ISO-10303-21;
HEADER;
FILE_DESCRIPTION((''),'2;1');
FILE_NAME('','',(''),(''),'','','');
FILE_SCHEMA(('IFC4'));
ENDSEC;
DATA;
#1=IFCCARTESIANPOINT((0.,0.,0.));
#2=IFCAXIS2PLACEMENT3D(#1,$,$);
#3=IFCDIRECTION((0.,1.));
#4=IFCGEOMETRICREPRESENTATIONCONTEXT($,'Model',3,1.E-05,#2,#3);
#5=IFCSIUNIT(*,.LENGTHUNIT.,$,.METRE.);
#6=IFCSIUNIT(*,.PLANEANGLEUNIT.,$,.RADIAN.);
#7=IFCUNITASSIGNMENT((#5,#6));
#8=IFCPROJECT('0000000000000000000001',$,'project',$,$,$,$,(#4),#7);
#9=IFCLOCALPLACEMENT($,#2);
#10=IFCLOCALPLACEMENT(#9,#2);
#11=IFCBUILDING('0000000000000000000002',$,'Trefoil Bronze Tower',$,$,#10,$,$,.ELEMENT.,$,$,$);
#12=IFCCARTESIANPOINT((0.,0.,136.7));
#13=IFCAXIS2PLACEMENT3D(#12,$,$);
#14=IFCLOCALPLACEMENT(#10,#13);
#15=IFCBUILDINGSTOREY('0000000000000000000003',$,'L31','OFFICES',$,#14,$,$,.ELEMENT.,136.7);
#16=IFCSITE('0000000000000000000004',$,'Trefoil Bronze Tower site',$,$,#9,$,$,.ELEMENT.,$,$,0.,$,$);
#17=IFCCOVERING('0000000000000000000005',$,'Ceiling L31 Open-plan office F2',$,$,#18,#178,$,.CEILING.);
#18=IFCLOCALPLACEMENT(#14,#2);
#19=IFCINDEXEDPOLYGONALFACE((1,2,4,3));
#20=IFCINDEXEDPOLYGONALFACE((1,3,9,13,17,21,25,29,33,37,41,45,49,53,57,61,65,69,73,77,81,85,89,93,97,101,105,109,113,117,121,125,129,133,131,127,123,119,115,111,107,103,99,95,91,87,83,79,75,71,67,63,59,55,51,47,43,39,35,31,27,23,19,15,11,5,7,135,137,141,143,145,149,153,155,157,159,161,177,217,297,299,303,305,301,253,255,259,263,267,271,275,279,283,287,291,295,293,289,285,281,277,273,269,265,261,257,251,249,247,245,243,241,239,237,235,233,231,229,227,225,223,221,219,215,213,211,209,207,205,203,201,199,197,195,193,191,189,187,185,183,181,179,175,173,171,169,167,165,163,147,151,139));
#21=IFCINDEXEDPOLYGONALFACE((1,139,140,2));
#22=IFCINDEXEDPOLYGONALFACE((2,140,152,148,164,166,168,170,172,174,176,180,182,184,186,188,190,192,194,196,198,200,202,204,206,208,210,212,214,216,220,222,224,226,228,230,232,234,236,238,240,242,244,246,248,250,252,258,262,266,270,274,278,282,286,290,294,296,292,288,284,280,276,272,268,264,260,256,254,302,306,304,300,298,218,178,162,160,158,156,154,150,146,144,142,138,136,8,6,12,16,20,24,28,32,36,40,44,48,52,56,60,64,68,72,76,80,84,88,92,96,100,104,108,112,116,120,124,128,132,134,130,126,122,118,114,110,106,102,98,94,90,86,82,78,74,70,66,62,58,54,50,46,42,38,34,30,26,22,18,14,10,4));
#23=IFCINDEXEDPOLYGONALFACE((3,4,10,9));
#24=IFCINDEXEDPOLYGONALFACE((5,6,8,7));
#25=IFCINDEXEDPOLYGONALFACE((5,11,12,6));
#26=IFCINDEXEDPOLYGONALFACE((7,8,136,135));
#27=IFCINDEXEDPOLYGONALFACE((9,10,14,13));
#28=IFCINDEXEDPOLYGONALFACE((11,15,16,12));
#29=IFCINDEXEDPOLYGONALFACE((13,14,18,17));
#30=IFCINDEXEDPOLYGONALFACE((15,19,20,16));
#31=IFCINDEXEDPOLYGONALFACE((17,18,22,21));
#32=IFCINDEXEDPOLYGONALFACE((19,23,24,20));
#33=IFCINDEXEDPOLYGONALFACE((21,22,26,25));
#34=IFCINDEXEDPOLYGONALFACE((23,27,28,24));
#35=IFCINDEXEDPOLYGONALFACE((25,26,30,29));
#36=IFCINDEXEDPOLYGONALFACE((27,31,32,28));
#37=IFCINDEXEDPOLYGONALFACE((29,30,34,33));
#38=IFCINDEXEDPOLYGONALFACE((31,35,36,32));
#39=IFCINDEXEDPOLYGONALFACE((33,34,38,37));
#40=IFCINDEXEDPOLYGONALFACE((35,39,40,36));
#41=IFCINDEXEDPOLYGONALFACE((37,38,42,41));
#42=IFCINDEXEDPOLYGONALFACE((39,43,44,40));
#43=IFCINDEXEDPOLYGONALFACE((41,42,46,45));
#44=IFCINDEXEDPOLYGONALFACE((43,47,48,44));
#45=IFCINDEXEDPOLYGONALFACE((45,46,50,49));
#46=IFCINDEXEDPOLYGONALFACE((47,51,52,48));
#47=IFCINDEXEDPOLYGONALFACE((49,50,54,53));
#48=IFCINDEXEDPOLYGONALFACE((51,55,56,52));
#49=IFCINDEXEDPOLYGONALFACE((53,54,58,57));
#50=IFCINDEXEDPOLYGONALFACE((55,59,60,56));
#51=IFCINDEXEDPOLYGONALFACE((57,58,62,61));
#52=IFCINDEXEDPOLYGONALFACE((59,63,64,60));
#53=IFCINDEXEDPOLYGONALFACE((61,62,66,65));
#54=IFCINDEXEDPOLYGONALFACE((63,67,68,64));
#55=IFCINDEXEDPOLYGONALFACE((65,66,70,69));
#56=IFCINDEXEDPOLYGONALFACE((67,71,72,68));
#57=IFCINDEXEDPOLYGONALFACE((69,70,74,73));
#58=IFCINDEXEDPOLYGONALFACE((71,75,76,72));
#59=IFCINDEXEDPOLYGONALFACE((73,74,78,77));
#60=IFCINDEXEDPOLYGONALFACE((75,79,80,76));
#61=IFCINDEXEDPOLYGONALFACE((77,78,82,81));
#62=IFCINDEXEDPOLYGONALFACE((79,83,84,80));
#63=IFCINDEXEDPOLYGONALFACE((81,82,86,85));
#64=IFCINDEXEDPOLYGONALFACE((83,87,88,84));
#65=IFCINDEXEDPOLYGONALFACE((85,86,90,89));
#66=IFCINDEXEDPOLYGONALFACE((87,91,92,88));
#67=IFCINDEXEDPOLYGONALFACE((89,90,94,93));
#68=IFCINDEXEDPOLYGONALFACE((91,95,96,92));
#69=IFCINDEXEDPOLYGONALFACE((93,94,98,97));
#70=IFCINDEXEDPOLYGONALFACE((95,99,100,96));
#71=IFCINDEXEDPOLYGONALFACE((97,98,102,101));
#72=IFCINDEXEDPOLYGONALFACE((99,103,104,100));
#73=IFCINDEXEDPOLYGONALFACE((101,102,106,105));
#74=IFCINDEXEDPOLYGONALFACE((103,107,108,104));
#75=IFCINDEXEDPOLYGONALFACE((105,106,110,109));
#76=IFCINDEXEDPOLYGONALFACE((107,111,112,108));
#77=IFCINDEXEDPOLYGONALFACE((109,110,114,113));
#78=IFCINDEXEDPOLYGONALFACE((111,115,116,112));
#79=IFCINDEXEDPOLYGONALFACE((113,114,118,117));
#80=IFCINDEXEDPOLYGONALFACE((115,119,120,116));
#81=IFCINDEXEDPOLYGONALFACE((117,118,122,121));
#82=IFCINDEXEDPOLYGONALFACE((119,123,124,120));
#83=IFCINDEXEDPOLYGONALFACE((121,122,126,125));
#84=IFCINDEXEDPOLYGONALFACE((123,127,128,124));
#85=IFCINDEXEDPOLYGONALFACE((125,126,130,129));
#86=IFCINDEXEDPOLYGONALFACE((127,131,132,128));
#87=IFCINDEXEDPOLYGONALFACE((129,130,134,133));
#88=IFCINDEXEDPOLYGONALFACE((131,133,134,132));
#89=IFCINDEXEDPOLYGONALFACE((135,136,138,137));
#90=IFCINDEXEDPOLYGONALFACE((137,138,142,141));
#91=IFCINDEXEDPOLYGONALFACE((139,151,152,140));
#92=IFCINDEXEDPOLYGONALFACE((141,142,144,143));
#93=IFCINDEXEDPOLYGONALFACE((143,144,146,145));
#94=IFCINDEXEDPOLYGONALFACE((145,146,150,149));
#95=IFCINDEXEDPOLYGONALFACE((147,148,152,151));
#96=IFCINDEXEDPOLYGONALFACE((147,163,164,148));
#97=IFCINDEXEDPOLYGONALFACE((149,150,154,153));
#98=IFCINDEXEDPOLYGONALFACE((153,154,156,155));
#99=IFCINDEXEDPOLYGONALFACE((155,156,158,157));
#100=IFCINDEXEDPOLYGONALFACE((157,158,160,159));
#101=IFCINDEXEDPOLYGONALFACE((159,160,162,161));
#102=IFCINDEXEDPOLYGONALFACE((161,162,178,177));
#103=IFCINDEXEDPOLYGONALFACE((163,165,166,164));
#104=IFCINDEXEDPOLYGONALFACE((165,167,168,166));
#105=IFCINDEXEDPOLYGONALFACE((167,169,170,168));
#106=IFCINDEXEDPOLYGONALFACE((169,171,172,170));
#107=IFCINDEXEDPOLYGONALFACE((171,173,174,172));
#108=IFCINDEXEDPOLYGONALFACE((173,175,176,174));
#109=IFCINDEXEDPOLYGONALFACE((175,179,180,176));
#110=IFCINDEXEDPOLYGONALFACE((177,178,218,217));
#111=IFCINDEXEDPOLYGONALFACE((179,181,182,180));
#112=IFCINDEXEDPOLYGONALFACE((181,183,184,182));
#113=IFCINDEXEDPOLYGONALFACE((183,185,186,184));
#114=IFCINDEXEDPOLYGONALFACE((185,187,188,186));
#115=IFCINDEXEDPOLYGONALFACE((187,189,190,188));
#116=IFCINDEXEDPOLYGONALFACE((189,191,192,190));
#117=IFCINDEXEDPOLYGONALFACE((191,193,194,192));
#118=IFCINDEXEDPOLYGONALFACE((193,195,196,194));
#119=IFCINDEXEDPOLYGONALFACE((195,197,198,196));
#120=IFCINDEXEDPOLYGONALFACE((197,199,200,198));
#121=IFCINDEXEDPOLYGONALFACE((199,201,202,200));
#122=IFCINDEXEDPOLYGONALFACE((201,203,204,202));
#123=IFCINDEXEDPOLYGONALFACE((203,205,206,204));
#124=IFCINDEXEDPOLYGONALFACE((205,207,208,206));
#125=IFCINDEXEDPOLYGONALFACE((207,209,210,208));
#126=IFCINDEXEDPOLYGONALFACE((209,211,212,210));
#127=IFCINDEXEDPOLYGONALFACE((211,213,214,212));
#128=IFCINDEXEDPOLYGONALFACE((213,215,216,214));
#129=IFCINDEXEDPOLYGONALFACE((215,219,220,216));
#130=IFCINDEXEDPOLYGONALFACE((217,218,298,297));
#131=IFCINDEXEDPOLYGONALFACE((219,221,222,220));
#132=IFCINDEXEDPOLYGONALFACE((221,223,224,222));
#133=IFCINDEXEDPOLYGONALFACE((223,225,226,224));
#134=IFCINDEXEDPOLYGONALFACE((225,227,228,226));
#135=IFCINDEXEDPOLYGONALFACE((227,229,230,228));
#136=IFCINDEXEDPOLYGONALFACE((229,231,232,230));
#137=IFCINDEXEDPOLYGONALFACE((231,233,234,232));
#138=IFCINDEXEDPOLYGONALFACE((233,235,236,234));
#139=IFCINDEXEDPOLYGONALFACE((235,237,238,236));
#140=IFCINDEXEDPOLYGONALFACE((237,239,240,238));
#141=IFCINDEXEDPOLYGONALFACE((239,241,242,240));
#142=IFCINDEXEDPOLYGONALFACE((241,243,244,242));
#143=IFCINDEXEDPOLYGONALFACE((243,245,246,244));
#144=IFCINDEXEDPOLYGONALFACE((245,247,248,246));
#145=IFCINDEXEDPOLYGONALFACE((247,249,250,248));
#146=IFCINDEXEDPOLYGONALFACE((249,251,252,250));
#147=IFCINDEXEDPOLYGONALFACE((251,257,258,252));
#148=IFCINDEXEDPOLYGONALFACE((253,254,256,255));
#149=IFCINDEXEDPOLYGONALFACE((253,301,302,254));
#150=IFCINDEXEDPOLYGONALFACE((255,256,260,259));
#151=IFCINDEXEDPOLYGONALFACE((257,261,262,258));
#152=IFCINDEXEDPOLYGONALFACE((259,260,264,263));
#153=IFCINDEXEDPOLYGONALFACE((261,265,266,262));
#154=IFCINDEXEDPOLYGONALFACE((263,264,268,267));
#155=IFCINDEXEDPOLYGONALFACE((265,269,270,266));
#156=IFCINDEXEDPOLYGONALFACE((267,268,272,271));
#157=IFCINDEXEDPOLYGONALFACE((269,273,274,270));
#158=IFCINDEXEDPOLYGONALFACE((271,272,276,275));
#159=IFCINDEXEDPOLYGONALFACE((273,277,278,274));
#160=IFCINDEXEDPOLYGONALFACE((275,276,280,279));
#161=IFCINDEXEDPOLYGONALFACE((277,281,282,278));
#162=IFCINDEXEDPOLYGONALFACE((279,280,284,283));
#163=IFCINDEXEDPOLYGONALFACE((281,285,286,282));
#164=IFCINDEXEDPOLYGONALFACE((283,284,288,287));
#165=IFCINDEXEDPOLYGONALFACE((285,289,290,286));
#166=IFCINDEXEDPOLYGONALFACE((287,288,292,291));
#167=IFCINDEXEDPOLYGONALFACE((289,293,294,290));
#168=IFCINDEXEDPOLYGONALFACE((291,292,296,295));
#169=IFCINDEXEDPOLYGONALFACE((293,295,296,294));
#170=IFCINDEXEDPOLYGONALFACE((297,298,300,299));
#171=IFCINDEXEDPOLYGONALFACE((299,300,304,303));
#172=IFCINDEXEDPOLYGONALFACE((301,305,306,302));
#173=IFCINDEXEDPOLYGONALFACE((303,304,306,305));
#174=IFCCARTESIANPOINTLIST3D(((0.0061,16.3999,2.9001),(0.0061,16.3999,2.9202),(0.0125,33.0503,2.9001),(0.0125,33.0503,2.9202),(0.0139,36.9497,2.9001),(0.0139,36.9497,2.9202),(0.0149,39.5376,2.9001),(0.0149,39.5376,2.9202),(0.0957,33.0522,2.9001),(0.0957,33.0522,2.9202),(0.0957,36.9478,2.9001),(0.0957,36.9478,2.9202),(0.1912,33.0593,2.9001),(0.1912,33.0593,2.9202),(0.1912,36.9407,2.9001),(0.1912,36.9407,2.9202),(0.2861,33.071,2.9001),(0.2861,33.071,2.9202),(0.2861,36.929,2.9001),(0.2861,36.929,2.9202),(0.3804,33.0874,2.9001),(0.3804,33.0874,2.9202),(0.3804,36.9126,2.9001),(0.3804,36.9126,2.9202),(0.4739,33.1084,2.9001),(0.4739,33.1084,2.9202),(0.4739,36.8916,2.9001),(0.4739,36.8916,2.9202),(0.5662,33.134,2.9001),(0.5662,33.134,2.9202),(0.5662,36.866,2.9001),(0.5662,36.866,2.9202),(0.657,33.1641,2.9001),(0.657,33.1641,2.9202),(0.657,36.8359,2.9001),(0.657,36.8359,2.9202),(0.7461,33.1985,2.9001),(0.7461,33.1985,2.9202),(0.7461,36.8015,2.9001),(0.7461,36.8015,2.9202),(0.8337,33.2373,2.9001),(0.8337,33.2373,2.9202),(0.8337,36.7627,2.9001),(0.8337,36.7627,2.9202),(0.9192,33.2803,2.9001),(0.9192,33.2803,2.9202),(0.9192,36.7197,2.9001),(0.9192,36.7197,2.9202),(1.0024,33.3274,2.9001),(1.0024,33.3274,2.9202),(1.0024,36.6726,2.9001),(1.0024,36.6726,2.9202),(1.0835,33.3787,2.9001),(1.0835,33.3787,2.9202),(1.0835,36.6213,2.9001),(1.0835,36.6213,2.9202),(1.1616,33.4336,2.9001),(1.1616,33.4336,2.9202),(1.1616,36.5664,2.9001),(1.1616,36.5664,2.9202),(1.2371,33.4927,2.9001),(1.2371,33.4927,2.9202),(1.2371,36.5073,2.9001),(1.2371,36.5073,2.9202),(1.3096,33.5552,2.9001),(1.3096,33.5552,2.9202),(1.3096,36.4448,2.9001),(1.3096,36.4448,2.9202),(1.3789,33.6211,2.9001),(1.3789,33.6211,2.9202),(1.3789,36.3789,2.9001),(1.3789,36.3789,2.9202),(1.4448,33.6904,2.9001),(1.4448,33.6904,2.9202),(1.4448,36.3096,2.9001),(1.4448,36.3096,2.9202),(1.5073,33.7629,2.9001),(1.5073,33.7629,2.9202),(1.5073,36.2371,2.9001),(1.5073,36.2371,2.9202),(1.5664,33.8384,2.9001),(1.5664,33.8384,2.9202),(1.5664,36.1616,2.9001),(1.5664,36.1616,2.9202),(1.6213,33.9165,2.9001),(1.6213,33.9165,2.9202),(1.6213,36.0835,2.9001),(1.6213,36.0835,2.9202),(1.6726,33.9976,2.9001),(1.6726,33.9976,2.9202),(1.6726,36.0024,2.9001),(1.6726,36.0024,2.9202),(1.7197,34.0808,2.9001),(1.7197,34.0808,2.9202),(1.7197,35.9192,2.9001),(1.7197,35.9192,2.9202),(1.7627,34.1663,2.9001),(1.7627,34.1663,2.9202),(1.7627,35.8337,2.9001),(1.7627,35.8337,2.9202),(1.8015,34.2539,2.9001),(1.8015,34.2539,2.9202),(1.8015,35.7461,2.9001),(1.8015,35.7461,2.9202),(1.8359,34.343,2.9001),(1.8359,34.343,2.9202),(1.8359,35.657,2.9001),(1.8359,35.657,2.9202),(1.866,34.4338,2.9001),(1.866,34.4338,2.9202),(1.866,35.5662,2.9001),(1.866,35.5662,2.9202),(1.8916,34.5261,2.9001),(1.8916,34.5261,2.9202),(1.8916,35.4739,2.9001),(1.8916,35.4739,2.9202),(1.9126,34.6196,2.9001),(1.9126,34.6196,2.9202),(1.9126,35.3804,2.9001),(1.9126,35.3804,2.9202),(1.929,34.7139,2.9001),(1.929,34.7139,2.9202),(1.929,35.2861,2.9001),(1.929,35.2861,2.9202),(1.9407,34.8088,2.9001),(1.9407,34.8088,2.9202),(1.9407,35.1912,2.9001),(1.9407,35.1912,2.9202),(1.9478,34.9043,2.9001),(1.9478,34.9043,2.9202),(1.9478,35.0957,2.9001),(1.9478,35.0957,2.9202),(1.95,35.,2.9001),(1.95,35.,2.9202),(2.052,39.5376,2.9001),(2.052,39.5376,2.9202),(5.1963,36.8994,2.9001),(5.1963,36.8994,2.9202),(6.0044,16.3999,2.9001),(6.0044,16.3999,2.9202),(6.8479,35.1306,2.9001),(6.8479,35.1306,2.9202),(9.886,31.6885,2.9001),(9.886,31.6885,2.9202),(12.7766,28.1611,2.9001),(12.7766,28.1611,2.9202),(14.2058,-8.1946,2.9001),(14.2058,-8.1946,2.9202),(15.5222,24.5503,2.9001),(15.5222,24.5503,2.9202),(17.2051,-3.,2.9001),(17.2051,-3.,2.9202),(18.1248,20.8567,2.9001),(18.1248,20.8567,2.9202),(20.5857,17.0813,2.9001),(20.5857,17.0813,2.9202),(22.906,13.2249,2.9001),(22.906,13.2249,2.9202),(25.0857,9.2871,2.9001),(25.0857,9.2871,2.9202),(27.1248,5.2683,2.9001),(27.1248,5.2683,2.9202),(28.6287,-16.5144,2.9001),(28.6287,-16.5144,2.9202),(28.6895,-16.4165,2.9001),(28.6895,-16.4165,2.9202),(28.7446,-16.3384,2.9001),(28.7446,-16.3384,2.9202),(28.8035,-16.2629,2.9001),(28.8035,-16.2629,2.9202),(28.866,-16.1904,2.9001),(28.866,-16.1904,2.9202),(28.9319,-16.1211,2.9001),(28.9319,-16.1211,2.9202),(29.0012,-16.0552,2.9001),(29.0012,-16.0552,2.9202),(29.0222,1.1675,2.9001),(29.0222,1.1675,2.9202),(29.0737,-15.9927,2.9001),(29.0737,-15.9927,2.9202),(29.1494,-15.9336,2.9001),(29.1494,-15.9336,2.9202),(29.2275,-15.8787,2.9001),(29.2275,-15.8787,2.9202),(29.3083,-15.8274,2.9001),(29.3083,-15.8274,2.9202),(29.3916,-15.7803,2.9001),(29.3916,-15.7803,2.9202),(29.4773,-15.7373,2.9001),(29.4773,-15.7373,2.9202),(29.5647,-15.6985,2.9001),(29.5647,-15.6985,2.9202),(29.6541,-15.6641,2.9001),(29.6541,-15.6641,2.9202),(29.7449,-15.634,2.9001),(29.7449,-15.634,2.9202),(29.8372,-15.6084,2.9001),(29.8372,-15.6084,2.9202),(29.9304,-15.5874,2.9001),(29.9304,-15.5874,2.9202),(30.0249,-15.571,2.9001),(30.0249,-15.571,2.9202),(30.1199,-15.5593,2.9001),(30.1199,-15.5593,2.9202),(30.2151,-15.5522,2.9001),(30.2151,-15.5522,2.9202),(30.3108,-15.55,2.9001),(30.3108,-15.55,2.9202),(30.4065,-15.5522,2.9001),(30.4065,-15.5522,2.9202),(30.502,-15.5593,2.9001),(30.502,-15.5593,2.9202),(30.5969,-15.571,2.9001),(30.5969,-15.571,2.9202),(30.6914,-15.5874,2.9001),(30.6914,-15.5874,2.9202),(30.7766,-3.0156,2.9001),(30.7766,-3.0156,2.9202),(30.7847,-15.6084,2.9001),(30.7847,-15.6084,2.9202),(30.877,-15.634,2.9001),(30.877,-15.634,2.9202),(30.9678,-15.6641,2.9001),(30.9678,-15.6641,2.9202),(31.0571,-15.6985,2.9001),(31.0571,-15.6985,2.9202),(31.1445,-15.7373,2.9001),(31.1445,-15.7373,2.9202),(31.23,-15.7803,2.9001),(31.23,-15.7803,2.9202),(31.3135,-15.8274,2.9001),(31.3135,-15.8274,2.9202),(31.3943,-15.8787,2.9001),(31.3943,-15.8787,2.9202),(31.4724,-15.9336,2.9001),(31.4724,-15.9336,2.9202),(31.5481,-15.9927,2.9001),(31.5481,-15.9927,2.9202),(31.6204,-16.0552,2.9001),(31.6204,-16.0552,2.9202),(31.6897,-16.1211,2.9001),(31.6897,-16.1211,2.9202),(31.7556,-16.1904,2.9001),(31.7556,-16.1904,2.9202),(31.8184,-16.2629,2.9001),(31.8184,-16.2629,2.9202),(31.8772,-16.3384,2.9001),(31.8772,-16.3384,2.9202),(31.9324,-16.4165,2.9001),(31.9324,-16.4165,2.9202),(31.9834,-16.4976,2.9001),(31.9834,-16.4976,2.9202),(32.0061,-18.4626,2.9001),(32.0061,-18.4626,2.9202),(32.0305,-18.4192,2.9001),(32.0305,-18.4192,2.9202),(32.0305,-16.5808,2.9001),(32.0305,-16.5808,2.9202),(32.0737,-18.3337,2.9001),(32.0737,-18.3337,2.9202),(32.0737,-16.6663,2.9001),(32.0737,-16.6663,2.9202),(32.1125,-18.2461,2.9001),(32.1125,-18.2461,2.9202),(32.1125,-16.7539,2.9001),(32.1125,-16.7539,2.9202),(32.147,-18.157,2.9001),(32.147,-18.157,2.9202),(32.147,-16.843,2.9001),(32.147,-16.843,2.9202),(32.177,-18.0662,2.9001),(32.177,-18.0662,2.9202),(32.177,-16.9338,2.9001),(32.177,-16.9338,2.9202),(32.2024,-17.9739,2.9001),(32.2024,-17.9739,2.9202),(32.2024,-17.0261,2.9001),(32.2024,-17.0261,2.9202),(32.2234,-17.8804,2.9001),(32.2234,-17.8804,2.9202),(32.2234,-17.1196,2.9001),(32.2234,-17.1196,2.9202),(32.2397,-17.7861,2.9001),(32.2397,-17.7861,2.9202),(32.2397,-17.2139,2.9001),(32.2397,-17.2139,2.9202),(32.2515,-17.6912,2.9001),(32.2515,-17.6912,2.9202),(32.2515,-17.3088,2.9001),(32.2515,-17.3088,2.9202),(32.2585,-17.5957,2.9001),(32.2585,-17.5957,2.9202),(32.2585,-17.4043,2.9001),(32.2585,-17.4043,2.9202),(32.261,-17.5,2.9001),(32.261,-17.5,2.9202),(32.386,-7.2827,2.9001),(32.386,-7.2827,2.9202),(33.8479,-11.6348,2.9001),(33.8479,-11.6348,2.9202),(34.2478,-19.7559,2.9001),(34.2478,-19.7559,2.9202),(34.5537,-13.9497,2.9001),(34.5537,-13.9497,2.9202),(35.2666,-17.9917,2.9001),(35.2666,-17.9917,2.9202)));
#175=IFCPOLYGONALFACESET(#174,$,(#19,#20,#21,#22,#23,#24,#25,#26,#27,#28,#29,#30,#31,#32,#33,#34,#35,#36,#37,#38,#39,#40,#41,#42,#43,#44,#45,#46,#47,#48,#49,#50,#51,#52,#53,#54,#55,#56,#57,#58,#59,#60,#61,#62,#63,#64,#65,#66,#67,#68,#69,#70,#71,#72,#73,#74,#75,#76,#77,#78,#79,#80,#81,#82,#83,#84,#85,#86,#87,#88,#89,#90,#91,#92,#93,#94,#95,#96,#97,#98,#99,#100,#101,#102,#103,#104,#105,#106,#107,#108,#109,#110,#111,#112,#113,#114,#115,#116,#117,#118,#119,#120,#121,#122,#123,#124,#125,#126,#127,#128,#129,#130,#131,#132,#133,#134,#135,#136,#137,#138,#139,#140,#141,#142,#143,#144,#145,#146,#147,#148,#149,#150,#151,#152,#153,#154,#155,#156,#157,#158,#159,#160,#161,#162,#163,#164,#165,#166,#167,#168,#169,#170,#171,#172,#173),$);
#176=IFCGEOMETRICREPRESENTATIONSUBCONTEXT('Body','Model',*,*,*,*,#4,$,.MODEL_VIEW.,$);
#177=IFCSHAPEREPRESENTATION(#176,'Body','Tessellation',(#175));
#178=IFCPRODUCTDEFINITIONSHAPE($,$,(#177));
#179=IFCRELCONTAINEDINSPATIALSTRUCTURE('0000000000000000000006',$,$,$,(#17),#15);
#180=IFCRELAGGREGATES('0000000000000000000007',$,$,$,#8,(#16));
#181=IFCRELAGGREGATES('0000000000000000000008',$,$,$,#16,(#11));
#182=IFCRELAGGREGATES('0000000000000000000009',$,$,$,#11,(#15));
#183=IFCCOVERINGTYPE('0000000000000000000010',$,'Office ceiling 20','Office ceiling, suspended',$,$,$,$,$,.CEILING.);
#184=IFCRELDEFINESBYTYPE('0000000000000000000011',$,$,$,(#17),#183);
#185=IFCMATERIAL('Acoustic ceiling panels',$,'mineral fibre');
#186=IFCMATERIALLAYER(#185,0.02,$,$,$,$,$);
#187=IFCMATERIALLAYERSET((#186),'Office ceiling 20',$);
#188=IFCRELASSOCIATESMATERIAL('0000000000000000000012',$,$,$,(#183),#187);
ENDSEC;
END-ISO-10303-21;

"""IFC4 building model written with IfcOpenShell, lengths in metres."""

from ifc_helpers import new_model, si_unit, direction, frame, origin, place, context, subcontext, project, spatial, polyline, outline, extrude, material, layer, layer_set, type_object, element, save


model = new_model("IFC4")

# Units and contexts
model_context = context("Model", 3, precision=1e-05, world=origin(), true_north=direction((0.0, 1.0)))
body_context = subcontext(model_context, "Body", "Model", "MODEL_VIEW")
ifc_project = project(units=[si_unit("LENGTHUNIT", "METRE"), si_unit("PLANEANGLEUNIT", "RADIAN")], contexts=[model_context])

# Site, building, storey
site_placement = place(None, origin())
site = spatial("IfcSite", under=ifc_project, at=site_placement, Name="Trefoil Bronze Tower site", CompositionType="ELEMENT", RefElevation=0.0)
building_placement = place(site_placement, origin())
building = spatial("IfcBuilding", under=site, at=building_placement, Name="Trefoil Bronze Tower", CompositionType="ELEMENT")
storey_placement = place(building_placement, frame((0.0, 0.0, 136.7)))
storey = spatial("IfcBuildingStorey", under=building, at=storey_placement, Name="L31", Description="OFFICES", CompositionType="ELEMENT", Elevation=136.7)

# Covering
ifc_material_1 = material(Name="Acoustic ceiling panels", Category="mineral fibre")
ifc_layer_1 = layer(ifc_material_1, 0.02)
ifc_layer_set_1 = layer_set([ifc_layer_1], Name="Office ceiling 20")
covering_type_1 = type_object("IfcCoveringType", Name="Office ceiling 20", Description="Office ceiling, suspended", PredefinedType="CEILING", material=ifc_layer_set_1)
covering_1_placement = place(storey_placement, frame((0.0, 0.0, 2.9001)))
element("IfcCovering", 1, at=covering_1_placement, inside=storey, type_object=covering_type_1, Name="Ceiling L31 Open-plan office F2", PredefinedType="CEILING", context=body_context, shape_type="SweptSolid", body=[
    extrude(outline(polyline([(6.8479, 35.1306), (9.886, 31.6885), (12.7766, 28.1611), (15.5222, 24.5503), (18.1248, 20.8567), (20.5857, 17.0813), (22.906, 13.2249), (25.0857, 9.2871), (27.1248, 5.2683), (29.0222, 1.1675), (30.7766, -3.0156), (32.386, -7.2827), (33.8479, -11.6348), (34.5537, -13.9497), (35.2666, -17.9917), (34.2478, -19.7559), (32.0061, -18.4626), (32.0305, -18.4192), (32.0737, -18.3337), (32.1125, -18.2461), (32.147, -18.157), (32.177, -18.0662), (32.2024, -17.9739), (32.2234, -17.8804), (32.2397, -17.7861), (32.2515, -17.6912), (32.2585, -17.5957), (32.261, -17.5), (32.2585, -17.4043), (32.2515, -17.3088), (32.2397, -17.2139), (32.2234, -17.1196), (32.2024, -17.0261), (32.177, -16.9338), (32.147, -16.843), (32.1125, -16.7539), (32.0737, -16.6663), (32.0305, -16.5808), (31.9834, -16.4976), (31.9324, -16.4165), (31.8772, -16.3384), (31.8184, -16.2629), (31.7556, -16.1904), (31.6897, -16.1211), (31.6204, -16.0552), (31.5481, -15.9927), (31.4724, -15.9336), (31.3943, -15.8787), (31.3135, -15.8274), (31.23, -15.7803), (31.1445, -15.7373), (31.0571, -15.6985), (30.9678, -15.6641), (30.877, -15.634), (30.7847, -15.6084), (30.6914, -15.5874), (30.5969, -15.571), (30.502, -15.5593), (30.4065, -15.5522), (30.3108, -15.55), (30.2151, -15.5522), (30.1199, -15.5593), (30.0249, -15.571), (29.9304, -15.5874), (29.8372, -15.6084), (29.7449, -15.634), (29.6541, -15.6641), (29.5647, -15.6985), (29.4773, -15.7373), (29.3916, -15.7803), (29.3083, -15.8274), (29.2275, -15.8787), (29.1494, -15.9336), (29.0737, -15.9927), (29.0012, -16.0552), (28.9319, -16.1211), (28.866, -16.1904), (28.8035, -16.2629), (28.7446, -16.3384), (28.6895, -16.4165), (28.6287, -16.5144), (14.2058, -8.1946), (17.2051, -3.0), (6.0044, 16.3999), (0.0061, 16.3999), (0.0125, 33.0503), (0.0957, 33.0522), (0.1912, 33.0593), (0.2861, 33.071), (0.3804, 33.0874), (0.4739, 33.1084), (0.5662, 33.134), (0.657, 33.1641), (0.7461, 33.1985), (0.8337, 33.2373), (0.9192, 33.2803), (1.0024, 33.3274), (1.0835, 33.3787), (1.1616, 33.4336), (1.2371, 33.4927), (1.3096, 33.5552), (1.3789, 33.6211), (1.4448, 33.6904), (1.5073, 33.7629), (1.5664, 33.8384), (1.6213, 33.9165), (1.6726, 33.9976), (1.7197, 34.0808), (1.7627, 34.1663), (1.8015, 34.2539), (1.8359, 34.343), (1.866, 34.4338), (1.8916, 34.5261), (1.9126, 34.6196), (1.929, 34.7139), (1.9407, 34.8088), (1.9478, 34.9043), (1.95, 35.0), (1.9478, 35.0957), (1.9407, 35.1912), (1.929, 35.2861), (1.9126, 35.3804), (1.8916, 35.4739), (1.866, 35.5662), (1.8359, 35.657), (1.8015, 35.7461), (1.7627, 35.8337), (1.7197, 35.9192), (1.6726, 36.0024), (1.6213, 36.0835), (1.5664, 36.1616), (1.5073, 36.2371), (1.4448, 36.3096), (1.3789, 36.3789), (1.3096, 36.4448), (1.2371, 36.5073), (1.1616, 36.5664), (1.0835, 36.6213), (1.0024, 36.6726), (0.9192, 36.7197), (0.8337, 36.7627), (0.7461, 36.8015), (0.657, 36.8359), (0.5662, 36.866), (0.4739, 36.8916), (0.3804, 36.9126), (0.2861, 36.929), (0.1912, 36.9407), (0.0957, 36.9478), (0.0139, 36.9497), (0.0149, 39.5376), (2.052, 39.5376), (5.1963, 36.8994), (6.8479, 35.1306)])), origin(), (0.0, 0.0, 1.0), 0.02),
])

save(model, "model.ifc")
